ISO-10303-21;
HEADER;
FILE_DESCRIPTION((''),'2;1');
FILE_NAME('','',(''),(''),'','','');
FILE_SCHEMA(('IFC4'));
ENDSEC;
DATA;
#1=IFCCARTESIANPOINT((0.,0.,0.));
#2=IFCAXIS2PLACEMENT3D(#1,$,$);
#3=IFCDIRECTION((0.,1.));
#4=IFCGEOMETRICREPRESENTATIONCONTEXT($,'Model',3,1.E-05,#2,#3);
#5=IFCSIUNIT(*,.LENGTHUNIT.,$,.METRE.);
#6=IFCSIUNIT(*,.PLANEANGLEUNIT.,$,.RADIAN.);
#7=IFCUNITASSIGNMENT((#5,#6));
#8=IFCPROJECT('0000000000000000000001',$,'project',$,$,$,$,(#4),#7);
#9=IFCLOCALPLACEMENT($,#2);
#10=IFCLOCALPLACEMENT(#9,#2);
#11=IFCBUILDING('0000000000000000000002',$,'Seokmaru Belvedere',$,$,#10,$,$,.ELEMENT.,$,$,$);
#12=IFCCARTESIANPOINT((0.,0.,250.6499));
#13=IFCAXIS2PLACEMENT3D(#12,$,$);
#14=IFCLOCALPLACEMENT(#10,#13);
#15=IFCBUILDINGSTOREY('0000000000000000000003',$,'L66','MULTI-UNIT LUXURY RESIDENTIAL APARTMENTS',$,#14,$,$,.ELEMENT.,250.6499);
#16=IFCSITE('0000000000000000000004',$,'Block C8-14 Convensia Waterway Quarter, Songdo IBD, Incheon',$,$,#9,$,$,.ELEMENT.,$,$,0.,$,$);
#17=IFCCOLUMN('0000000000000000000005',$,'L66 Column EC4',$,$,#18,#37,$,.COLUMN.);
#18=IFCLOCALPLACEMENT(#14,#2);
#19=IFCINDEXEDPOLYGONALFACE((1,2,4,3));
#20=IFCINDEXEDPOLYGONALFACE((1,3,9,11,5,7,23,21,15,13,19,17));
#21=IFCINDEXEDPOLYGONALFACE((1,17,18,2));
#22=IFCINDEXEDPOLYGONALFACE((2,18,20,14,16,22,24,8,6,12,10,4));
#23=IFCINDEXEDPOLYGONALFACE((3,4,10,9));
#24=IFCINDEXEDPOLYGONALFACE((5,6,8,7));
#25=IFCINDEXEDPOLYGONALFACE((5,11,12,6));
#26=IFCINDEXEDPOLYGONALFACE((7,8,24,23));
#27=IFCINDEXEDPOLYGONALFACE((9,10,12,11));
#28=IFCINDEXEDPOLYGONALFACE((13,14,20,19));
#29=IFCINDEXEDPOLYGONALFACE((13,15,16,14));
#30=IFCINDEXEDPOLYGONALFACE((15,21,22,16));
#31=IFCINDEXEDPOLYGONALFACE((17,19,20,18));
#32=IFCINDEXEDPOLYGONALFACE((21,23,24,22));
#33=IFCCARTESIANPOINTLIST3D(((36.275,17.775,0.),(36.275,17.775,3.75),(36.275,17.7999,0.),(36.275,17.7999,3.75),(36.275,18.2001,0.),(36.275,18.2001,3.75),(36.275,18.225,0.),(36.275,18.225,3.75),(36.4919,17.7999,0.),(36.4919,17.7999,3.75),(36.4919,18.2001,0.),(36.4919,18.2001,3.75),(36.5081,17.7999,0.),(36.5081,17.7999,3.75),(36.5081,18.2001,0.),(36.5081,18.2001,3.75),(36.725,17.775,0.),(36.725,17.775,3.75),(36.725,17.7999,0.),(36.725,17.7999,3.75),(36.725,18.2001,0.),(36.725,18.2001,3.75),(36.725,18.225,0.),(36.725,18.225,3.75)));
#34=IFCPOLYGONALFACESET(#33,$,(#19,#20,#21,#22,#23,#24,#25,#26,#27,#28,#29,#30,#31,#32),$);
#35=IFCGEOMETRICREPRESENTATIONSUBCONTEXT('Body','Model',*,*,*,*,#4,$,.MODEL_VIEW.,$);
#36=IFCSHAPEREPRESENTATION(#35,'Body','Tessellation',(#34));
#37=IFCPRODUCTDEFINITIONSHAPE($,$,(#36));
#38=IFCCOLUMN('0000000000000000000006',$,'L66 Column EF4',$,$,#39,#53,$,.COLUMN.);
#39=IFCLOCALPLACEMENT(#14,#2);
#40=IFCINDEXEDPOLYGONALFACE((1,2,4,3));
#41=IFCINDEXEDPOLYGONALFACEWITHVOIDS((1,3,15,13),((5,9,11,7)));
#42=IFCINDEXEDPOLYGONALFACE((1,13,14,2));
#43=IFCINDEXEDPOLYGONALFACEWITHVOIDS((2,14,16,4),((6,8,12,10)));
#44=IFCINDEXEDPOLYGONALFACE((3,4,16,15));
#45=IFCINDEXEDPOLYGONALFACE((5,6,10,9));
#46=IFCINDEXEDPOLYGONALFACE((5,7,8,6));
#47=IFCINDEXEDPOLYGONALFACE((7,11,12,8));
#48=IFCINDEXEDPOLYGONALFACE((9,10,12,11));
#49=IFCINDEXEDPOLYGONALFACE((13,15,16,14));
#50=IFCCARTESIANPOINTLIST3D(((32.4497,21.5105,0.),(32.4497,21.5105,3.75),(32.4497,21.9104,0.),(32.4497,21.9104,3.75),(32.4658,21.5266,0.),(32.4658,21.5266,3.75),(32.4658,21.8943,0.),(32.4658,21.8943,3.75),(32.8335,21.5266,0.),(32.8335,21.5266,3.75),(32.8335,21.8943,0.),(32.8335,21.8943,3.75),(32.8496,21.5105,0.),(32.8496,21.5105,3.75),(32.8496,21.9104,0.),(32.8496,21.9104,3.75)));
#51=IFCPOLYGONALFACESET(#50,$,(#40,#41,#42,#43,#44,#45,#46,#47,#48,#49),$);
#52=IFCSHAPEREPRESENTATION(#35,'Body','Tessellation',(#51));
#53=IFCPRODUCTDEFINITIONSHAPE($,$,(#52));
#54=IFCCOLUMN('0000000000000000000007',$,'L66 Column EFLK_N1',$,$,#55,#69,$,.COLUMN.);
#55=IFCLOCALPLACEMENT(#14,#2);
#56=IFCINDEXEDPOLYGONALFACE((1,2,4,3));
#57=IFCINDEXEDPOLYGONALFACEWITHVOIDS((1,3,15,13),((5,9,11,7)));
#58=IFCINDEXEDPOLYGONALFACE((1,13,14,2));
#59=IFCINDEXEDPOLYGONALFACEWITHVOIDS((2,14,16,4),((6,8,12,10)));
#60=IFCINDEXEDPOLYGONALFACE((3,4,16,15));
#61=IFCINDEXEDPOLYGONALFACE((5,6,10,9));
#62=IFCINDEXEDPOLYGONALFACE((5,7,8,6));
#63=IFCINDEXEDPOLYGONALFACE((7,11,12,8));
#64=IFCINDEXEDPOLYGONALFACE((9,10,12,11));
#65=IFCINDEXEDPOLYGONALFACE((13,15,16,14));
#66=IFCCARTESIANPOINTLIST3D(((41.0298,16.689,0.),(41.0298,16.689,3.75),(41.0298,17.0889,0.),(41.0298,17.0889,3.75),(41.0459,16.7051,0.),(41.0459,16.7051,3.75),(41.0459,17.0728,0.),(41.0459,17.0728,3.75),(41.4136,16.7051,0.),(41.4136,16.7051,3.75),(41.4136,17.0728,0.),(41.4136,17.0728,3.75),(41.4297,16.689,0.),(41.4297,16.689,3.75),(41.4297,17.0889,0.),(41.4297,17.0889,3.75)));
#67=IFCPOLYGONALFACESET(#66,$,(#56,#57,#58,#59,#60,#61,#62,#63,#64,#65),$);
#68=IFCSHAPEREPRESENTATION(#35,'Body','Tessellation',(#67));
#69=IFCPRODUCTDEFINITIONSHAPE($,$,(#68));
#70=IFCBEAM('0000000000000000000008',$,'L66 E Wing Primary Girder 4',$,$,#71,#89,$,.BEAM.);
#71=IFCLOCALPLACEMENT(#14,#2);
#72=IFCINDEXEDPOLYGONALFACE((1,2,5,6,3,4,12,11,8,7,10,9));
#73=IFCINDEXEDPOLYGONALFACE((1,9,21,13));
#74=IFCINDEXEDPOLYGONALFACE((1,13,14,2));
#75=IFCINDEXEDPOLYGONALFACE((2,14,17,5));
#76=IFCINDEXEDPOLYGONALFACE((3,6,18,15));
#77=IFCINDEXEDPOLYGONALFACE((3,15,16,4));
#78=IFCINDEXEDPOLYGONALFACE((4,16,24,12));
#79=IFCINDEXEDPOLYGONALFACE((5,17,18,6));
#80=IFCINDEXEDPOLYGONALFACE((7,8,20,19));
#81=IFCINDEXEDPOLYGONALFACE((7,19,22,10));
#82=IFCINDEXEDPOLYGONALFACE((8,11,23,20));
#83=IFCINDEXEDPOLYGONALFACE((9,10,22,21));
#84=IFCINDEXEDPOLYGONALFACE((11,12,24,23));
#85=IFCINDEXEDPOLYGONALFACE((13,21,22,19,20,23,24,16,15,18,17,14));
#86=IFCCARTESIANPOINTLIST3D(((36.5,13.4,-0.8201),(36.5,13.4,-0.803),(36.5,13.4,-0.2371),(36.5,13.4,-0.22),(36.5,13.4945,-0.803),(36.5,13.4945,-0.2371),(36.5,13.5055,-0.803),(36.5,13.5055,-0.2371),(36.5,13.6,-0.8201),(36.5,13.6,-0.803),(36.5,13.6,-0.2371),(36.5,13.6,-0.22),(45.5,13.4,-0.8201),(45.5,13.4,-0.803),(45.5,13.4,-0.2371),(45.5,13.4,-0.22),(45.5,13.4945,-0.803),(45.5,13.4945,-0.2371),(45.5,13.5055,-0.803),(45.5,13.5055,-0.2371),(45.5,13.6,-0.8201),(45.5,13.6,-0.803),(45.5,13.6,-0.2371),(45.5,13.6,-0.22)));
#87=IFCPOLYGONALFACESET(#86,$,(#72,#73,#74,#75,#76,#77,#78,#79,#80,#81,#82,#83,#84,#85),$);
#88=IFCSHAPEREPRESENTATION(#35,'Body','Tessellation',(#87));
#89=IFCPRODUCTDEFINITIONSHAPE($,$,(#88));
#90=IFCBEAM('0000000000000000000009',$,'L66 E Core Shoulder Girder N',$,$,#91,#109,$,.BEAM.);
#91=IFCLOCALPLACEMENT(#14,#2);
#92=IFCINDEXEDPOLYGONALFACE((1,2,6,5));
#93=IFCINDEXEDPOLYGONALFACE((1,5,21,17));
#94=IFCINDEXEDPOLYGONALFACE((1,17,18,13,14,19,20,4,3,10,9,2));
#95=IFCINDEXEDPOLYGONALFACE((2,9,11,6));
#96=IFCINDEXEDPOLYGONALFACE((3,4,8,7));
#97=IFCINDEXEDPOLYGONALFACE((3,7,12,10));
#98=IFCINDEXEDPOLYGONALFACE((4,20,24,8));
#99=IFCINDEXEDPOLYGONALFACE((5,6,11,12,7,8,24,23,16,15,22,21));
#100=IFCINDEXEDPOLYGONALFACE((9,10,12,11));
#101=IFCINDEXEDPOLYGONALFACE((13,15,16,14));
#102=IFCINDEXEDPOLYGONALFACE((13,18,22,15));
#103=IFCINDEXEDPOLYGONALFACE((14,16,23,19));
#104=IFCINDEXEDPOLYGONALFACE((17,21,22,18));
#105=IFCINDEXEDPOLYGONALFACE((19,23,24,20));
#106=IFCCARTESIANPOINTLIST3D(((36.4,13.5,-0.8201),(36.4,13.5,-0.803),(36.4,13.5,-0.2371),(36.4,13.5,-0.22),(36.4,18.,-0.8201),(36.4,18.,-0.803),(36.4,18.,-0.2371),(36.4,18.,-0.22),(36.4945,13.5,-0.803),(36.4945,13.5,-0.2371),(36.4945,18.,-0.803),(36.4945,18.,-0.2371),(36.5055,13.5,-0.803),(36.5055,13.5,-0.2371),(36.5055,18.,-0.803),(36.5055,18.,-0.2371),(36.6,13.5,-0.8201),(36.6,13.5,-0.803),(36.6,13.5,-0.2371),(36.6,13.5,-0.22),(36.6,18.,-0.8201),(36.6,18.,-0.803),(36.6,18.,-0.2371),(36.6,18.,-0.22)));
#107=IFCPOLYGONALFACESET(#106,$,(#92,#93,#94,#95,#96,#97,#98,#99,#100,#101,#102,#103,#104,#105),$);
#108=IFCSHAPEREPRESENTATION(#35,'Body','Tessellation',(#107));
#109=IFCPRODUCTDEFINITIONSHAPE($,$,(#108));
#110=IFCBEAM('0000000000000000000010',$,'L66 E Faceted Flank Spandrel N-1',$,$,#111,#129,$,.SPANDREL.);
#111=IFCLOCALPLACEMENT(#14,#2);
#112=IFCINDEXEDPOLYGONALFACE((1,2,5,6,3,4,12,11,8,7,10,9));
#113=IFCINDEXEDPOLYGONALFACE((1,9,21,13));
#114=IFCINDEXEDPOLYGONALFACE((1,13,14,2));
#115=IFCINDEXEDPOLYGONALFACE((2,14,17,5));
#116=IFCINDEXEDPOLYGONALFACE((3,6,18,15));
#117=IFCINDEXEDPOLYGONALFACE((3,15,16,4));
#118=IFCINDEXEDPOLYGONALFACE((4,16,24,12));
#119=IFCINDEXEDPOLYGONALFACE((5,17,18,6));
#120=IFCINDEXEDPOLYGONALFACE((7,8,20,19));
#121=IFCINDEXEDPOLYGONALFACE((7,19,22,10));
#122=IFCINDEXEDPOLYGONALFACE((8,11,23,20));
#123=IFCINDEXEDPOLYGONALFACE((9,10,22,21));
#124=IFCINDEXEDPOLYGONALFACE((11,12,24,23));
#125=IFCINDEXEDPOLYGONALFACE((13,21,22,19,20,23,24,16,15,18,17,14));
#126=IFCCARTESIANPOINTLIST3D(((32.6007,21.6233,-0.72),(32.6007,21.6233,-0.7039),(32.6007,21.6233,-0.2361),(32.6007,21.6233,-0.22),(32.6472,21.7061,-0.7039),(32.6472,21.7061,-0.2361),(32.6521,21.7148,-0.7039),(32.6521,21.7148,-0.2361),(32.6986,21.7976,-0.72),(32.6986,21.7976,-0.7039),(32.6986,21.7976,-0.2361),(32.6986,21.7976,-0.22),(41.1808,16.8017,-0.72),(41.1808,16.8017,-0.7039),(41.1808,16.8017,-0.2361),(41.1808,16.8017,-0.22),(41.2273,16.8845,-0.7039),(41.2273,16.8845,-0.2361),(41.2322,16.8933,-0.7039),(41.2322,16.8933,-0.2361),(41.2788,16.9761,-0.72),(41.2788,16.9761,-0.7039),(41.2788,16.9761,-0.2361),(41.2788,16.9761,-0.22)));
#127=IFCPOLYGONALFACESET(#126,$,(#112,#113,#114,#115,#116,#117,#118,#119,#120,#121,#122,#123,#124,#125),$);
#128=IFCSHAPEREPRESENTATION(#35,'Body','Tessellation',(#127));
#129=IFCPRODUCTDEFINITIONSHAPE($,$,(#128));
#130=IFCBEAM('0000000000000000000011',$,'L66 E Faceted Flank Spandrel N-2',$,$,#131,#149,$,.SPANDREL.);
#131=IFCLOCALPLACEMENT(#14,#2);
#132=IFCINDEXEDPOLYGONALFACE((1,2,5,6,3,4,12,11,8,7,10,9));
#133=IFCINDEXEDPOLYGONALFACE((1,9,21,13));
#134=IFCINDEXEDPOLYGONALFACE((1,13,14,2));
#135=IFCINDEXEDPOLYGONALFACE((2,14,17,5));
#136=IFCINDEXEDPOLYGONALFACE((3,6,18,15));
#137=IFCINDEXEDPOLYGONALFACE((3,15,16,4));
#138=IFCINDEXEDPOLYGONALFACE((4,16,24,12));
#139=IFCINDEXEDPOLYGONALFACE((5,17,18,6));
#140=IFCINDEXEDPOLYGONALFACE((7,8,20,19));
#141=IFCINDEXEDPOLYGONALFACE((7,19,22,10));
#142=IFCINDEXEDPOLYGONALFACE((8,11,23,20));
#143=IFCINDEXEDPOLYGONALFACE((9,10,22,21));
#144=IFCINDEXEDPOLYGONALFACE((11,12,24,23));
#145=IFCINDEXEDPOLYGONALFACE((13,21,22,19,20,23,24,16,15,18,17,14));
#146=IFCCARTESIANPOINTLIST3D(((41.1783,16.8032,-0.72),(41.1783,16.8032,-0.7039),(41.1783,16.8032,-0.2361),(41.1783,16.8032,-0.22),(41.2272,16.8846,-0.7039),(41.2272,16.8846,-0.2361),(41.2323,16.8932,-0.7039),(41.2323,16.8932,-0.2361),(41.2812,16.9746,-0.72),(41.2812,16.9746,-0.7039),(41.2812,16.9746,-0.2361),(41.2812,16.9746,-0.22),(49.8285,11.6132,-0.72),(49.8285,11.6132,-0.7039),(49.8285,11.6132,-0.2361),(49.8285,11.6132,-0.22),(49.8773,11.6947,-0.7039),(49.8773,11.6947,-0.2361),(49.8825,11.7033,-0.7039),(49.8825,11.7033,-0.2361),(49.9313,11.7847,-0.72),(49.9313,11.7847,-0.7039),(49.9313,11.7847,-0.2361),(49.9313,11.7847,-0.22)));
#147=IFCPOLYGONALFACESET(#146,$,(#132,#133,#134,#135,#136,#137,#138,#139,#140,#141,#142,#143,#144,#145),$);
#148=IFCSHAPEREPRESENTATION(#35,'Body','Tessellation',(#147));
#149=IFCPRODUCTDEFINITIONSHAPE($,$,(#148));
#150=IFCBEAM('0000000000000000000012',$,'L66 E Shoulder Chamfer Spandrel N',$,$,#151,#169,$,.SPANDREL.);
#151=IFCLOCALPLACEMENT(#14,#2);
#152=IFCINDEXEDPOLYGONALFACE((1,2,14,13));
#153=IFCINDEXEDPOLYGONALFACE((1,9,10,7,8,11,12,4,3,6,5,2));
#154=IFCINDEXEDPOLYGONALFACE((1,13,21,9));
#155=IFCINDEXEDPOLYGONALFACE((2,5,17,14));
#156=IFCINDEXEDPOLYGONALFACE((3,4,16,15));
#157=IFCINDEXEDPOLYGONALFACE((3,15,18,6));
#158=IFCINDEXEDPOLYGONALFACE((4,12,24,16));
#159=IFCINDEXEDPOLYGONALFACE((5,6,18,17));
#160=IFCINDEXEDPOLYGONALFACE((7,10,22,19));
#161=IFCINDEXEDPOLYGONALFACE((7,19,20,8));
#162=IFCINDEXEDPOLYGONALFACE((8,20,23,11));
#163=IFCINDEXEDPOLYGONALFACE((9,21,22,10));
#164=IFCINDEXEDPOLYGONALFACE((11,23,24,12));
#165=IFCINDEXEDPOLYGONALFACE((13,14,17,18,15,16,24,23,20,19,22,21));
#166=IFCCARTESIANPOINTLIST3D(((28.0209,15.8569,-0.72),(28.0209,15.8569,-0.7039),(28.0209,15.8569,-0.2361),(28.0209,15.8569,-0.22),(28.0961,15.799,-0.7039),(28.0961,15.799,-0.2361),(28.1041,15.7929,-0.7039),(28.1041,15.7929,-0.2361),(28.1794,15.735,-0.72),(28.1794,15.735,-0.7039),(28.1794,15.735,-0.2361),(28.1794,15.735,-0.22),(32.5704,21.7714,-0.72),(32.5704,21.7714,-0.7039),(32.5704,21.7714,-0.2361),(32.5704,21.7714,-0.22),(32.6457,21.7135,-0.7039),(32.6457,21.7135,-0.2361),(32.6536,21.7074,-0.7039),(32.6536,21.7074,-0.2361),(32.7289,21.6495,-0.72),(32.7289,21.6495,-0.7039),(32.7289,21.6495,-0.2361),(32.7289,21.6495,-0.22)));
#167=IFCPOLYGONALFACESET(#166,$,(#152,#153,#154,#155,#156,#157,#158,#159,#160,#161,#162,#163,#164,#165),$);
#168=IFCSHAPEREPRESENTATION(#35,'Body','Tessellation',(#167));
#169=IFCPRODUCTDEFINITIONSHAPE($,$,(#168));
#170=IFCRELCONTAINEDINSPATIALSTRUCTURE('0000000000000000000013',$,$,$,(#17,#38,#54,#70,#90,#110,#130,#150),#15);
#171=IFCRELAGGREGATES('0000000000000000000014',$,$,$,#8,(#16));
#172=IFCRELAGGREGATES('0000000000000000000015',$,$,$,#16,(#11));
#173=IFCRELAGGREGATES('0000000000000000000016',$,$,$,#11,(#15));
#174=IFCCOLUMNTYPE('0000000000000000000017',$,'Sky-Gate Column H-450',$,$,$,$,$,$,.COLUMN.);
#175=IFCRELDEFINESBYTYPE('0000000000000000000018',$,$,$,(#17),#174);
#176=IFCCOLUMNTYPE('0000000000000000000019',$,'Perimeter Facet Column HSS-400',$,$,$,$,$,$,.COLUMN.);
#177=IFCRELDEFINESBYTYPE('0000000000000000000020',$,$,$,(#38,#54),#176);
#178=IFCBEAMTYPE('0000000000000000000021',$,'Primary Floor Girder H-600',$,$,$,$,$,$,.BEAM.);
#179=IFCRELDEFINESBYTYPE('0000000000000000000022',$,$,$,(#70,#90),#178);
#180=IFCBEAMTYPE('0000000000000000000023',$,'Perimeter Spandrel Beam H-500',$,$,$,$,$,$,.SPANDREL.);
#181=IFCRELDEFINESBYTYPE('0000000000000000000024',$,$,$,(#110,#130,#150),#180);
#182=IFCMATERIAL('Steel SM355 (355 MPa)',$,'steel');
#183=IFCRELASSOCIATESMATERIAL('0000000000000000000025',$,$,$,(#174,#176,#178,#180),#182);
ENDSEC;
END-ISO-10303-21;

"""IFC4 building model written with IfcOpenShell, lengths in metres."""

from ifc_helpers import new_model, si_unit, direction, frame, origin, origin_2d, place, context, subcontext, project, spatial, hollow_rectangle, i_section, extrude, source, transform, mapped, material, material_profile, profile_set, type_object, type_shapes, element, save


model = new_model("IFC4")

# Units and contexts
model_context = context("Model", 3, precision=1e-05, world=origin(), true_north=direction((0.0, 1.0)))
body_context = subcontext(model_context, "Body", "Model", "MODEL_VIEW")
ifc_project = project(units=[si_unit("LENGTHUNIT", "METRE"), si_unit("PLANEANGLEUNIT", "RADIAN")], contexts=[model_context])

# Site, building, storey
site_placement = place(None, origin())
site = spatial("IfcSite", under=ifc_project, at=site_placement, Name="Block C8-14 Convensia Waterway Quarter, Songdo IBD, Incheon", CompositionType="ELEMENT", RefElevation=0.0)
building_placement = place(site_placement, origin())
building = spatial("IfcBuilding", under=site, at=building_placement, Name="Seokmaru Belvedere", CompositionType="ELEMENT")
storey_placement = place(building_placement, frame((0.0, 0.0, 250.6499)))
storey = spatial("IfcBuildingStorey", under=building, at=storey_placement, Name="L66", Description="MULTI-UNIT LUXURY RESIDENTIAL APARTMENTS", CompositionType="ELEMENT", Elevation=250.6499)

# Columns
ifc_material_1 = material(Name="Steel SM355 (355 MPa)", Category="steel")
ifc_material_profile_1 = material_profile(ifc_material_1, i_section(OverallWidth=0.45, OverallDepth=0.45, WebThickness=0.0161, FlangeThickness=0.0249, at=origin_2d()), Name="H-450x450x16x25")
ifc_profile_set_1 = profile_set([ifc_material_profile_1], Name="Steel SM355 (355 MPa)")
column_type_1 = type_object("IfcColumnType", Name="Sky-Gate Column H-450", PredefinedType="COLUMN", material=ifc_profile_set_1)
shared_shape_1 = source(origin(), body_context, "Body", "SweptSolid", [
    extrude(i_section(OverallWidth=0.45, OverallDepth=0.45, WebThickness=0.0161, FlangeThickness=0.0249, at=origin_2d()), origin(), (0.0, 0.0, 1.0), 3.75),
])
type_shapes(column_type_1, [shared_shape_1])
column_placement = place(storey_placement, frame((36.5, 18.0, 0.0), z_axis=(0.0, 0.0, 1.0), x_axis=(1.0, 0.0, 0.0)))
element("IfcColumn", 1, at=column_placement, inside=storey, type_object=column_type_1, Name="L66 Column EC4", PredefinedType="COLUMN", context=body_context, shape_type="MappedRepresentation", body=[
    mapped(shared_shape_1, transform((0.0, 0.0, 0.0), scale=1.0)),
])
ifc_material_profile_2 = material_profile(ifc_material_1, hollow_rectangle(XDim=0.3999, YDim=0.3999, WallThickness=0.0161, at=origin_2d()), Name="HSS-400x400x16")
ifc_profile_set_2 = profile_set([ifc_material_profile_2], Name="Steel SM355 (355 MPa)")
column_type_2 = type_object("IfcColumnType", Name="Perimeter Facet Column HSS-400", PredefinedType="COLUMN", material=ifc_profile_set_2)
shared_shape_2 = source(origin(), body_context, "Body", "SweptSolid", [
    extrude(hollow_rectangle(XDim=0.3999, YDim=0.3999, WallThickness=0.0161, at=origin_2d()), origin(), (0.0, 0.0, 1.0), 3.75),
])
type_shapes(column_type_2, [shared_shape_2])
for number, where, z_axis, x_axis, name in (
    (2, (32.6497, 21.7104, 0.0), (0.0, 0.0, 1.0), (1.0, 0.0, 0.0), "L66 Column EF4"),
    (3, (41.2297, 16.8889, 0.0), (0.0, 0.0, 1.0), (1.0, 0.0, 0.0), "L66 Column EFLK_N1"),
):
    element("IfcColumn", number, at=place(storey_placement, frame(where, z_axis=z_axis, x_axis=x_axis)), inside=storey, type_object=column_type_2, Name=name, PredefinedType="COLUMN", context=body_context, shape_type="MappedRepresentation", body=[
        mapped(shared_shape_2, transform((0.0, 0.0, 0.0), scale=1.0)),
    ])

# Beams
ifc_material_profile_3 = material_profile(ifc_material_1, i_section(OverallWidth=0.2, OverallDepth=0.6001, WebThickness=0.011, FlangeThickness=0.0171, at=origin_2d()), Name="H-600x200x11x17")
ifc_profile_set_3 = profile_set([ifc_material_profile_3], Name="Steel SM355 (355 MPa)")
beam_type_1 = type_object("IfcBeamType", Name="Primary Floor Girder H-600", PredefinedType="BEAM", material=ifc_profile_set_3)
shared_shape_3 = source(origin(), body_context, "Body", "SweptSolid", [
    extrude(i_section(OverallWidth=0.2, OverallDepth=0.6001, WebThickness=0.011, FlangeThickness=0.0171, at=origin_2d()), origin(), (0.0, 0.0, 1.0), 9.0),
])
beam_1_placement = place(storey_placement, frame((36.5, 13.5, -0.52), z_axis=(1.0, 0.0, 0.0), x_axis=(0.0, 1.0, 0.0)))
element("IfcBeam", 4, at=beam_1_placement, inside=storey, type_object=beam_type_1, Name="L66 E Wing Primary Girder 4", PredefinedType="BEAM", context=body_context, shape_type="MappedRepresentation", body=[
    mapped(shared_shape_3, transform((0.0, 0.0, 0.0), scale=1.0)),
])
shared_shape_4 = source(origin(), body_context, "Body", "SweptSolid", [
    extrude(i_section(OverallWidth=0.2, OverallDepth=0.6001, WebThickness=0.011, FlangeThickness=0.0171, at=origin_2d()), origin(), (0.0, 0.0, 1.0), 4.5),
])
beam_2_placement = place(storey_placement, frame((36.5, 13.5, -0.52), z_axis=(0.0, 1.0, 0.0), x_axis=(-1.0, 0.0, 0.0)))
element("IfcBeam", 5, at=beam_2_placement, inside=storey, type_object=beam_type_1, Name="L66 E Core Shoulder Girder N", PredefinedType="BEAM", context=body_context, shape_type="MappedRepresentation", body=[
    mapped(shared_shape_4, transform((0.0, 0.0, 0.0), scale=1.0)),
])
ifc_material_profile_4 = material_profile(ifc_material_1, i_section(OverallWidth=0.2, OverallDepth=0.5, WebThickness=0.01, FlangeThickness=0.0161, at=origin_2d()), Name="H-500x200x10x16")
ifc_profile_set_4 = profile_set([ifc_material_profile_4], Name="Steel SM355 (355 MPa)")
beam_type_2 = type_object("IfcBeamType", Name="Perimeter Spandrel Beam H-500", PredefinedType="SPANDREL", material=ifc_profile_set_4)
shared_shape_5 = source(origin(), body_context, "Body", "SweptSolid", [
    extrude(i_section(OverallWidth=0.2, OverallDepth=0.5, WebThickness=0.01, FlangeThickness=0.0161, at=origin_2d()), origin(), (0.0, 0.0, 1.0), 9.842),
])
beam_3_placement = place(storey_placement, frame((32.6497, 21.7104, -0.47), z_axis=(0.871782, -0.489894, 0.0), x_axis=(0.489894, 0.871782, 0.0)))
element("IfcBeam", 6, at=beam_3_placement, inside=storey, type_object=beam_type_2, Name="L66 E Faceted Flank Spandrel N-1", PredefinedType="SPANDREL", context=body_context, shape_type="MappedRepresentation", body=[
    mapped(shared_shape_5, transform((0.0, 0.0, 0.0), scale=1.0)),
])
shared_shape_6 = source(origin(), body_context, "Body", "SweptSolid", [
    extrude(i_section(OverallWidth=0.2, OverallDepth=0.5, WebThickness=0.01, FlangeThickness=0.0161, at=origin_2d()), origin(), (0.0, 0.0, 1.0), 10.0876),
])
beam_4_placement = place(storey_placement, frame((41.2297, 16.8889, -0.47), z_axis=(0.857499, -0.514485, 0.0), x_axis=(0.514485, 0.857499, 0.0)))
element("IfcBeam", 7, at=beam_4_placement, inside=storey, type_object=beam_type_2, Name="L66 E Faceted Flank Spandrel N-2", PredefinedType="SPANDREL", context=body_context, shape_type="MappedRepresentation", body=[
    mapped(shared_shape_6, transform((0.0, 0.0, 0.0), scale=1.0)),
])
shared_shape_7 = source(origin(), body_context, "Body", "SweptSolid", [
    extrude(i_section(OverallWidth=0.2, OverallDepth=0.5, WebThickness=0.01, FlangeThickness=0.0161, at=origin_2d()), origin(), (0.0, 0.0, 1.0), 7.4619),
])
type_shapes(beam_type_2, [shared_shape_5, shared_shape_6, shared_shape_7])
beam_5_placement = place(storey_placement, frame((32.6497, 21.7104, -0.47), z_axis=(-0.609703, -0.79263, 0.0), x_axis=(0.79263, -0.609703, 0.0)))
element("IfcBeam", 8, at=beam_5_placement, inside=storey, type_object=beam_type_2, Name="L66 E Shoulder Chamfer Spandrel N", PredefinedType="SPANDREL", context=body_context, shape_type="MappedRepresentation", body=[
    mapped(shared_shape_7, transform((0.0, 0.0, 0.0), scale=1.0)),
])

save(model, "model.ifc")
